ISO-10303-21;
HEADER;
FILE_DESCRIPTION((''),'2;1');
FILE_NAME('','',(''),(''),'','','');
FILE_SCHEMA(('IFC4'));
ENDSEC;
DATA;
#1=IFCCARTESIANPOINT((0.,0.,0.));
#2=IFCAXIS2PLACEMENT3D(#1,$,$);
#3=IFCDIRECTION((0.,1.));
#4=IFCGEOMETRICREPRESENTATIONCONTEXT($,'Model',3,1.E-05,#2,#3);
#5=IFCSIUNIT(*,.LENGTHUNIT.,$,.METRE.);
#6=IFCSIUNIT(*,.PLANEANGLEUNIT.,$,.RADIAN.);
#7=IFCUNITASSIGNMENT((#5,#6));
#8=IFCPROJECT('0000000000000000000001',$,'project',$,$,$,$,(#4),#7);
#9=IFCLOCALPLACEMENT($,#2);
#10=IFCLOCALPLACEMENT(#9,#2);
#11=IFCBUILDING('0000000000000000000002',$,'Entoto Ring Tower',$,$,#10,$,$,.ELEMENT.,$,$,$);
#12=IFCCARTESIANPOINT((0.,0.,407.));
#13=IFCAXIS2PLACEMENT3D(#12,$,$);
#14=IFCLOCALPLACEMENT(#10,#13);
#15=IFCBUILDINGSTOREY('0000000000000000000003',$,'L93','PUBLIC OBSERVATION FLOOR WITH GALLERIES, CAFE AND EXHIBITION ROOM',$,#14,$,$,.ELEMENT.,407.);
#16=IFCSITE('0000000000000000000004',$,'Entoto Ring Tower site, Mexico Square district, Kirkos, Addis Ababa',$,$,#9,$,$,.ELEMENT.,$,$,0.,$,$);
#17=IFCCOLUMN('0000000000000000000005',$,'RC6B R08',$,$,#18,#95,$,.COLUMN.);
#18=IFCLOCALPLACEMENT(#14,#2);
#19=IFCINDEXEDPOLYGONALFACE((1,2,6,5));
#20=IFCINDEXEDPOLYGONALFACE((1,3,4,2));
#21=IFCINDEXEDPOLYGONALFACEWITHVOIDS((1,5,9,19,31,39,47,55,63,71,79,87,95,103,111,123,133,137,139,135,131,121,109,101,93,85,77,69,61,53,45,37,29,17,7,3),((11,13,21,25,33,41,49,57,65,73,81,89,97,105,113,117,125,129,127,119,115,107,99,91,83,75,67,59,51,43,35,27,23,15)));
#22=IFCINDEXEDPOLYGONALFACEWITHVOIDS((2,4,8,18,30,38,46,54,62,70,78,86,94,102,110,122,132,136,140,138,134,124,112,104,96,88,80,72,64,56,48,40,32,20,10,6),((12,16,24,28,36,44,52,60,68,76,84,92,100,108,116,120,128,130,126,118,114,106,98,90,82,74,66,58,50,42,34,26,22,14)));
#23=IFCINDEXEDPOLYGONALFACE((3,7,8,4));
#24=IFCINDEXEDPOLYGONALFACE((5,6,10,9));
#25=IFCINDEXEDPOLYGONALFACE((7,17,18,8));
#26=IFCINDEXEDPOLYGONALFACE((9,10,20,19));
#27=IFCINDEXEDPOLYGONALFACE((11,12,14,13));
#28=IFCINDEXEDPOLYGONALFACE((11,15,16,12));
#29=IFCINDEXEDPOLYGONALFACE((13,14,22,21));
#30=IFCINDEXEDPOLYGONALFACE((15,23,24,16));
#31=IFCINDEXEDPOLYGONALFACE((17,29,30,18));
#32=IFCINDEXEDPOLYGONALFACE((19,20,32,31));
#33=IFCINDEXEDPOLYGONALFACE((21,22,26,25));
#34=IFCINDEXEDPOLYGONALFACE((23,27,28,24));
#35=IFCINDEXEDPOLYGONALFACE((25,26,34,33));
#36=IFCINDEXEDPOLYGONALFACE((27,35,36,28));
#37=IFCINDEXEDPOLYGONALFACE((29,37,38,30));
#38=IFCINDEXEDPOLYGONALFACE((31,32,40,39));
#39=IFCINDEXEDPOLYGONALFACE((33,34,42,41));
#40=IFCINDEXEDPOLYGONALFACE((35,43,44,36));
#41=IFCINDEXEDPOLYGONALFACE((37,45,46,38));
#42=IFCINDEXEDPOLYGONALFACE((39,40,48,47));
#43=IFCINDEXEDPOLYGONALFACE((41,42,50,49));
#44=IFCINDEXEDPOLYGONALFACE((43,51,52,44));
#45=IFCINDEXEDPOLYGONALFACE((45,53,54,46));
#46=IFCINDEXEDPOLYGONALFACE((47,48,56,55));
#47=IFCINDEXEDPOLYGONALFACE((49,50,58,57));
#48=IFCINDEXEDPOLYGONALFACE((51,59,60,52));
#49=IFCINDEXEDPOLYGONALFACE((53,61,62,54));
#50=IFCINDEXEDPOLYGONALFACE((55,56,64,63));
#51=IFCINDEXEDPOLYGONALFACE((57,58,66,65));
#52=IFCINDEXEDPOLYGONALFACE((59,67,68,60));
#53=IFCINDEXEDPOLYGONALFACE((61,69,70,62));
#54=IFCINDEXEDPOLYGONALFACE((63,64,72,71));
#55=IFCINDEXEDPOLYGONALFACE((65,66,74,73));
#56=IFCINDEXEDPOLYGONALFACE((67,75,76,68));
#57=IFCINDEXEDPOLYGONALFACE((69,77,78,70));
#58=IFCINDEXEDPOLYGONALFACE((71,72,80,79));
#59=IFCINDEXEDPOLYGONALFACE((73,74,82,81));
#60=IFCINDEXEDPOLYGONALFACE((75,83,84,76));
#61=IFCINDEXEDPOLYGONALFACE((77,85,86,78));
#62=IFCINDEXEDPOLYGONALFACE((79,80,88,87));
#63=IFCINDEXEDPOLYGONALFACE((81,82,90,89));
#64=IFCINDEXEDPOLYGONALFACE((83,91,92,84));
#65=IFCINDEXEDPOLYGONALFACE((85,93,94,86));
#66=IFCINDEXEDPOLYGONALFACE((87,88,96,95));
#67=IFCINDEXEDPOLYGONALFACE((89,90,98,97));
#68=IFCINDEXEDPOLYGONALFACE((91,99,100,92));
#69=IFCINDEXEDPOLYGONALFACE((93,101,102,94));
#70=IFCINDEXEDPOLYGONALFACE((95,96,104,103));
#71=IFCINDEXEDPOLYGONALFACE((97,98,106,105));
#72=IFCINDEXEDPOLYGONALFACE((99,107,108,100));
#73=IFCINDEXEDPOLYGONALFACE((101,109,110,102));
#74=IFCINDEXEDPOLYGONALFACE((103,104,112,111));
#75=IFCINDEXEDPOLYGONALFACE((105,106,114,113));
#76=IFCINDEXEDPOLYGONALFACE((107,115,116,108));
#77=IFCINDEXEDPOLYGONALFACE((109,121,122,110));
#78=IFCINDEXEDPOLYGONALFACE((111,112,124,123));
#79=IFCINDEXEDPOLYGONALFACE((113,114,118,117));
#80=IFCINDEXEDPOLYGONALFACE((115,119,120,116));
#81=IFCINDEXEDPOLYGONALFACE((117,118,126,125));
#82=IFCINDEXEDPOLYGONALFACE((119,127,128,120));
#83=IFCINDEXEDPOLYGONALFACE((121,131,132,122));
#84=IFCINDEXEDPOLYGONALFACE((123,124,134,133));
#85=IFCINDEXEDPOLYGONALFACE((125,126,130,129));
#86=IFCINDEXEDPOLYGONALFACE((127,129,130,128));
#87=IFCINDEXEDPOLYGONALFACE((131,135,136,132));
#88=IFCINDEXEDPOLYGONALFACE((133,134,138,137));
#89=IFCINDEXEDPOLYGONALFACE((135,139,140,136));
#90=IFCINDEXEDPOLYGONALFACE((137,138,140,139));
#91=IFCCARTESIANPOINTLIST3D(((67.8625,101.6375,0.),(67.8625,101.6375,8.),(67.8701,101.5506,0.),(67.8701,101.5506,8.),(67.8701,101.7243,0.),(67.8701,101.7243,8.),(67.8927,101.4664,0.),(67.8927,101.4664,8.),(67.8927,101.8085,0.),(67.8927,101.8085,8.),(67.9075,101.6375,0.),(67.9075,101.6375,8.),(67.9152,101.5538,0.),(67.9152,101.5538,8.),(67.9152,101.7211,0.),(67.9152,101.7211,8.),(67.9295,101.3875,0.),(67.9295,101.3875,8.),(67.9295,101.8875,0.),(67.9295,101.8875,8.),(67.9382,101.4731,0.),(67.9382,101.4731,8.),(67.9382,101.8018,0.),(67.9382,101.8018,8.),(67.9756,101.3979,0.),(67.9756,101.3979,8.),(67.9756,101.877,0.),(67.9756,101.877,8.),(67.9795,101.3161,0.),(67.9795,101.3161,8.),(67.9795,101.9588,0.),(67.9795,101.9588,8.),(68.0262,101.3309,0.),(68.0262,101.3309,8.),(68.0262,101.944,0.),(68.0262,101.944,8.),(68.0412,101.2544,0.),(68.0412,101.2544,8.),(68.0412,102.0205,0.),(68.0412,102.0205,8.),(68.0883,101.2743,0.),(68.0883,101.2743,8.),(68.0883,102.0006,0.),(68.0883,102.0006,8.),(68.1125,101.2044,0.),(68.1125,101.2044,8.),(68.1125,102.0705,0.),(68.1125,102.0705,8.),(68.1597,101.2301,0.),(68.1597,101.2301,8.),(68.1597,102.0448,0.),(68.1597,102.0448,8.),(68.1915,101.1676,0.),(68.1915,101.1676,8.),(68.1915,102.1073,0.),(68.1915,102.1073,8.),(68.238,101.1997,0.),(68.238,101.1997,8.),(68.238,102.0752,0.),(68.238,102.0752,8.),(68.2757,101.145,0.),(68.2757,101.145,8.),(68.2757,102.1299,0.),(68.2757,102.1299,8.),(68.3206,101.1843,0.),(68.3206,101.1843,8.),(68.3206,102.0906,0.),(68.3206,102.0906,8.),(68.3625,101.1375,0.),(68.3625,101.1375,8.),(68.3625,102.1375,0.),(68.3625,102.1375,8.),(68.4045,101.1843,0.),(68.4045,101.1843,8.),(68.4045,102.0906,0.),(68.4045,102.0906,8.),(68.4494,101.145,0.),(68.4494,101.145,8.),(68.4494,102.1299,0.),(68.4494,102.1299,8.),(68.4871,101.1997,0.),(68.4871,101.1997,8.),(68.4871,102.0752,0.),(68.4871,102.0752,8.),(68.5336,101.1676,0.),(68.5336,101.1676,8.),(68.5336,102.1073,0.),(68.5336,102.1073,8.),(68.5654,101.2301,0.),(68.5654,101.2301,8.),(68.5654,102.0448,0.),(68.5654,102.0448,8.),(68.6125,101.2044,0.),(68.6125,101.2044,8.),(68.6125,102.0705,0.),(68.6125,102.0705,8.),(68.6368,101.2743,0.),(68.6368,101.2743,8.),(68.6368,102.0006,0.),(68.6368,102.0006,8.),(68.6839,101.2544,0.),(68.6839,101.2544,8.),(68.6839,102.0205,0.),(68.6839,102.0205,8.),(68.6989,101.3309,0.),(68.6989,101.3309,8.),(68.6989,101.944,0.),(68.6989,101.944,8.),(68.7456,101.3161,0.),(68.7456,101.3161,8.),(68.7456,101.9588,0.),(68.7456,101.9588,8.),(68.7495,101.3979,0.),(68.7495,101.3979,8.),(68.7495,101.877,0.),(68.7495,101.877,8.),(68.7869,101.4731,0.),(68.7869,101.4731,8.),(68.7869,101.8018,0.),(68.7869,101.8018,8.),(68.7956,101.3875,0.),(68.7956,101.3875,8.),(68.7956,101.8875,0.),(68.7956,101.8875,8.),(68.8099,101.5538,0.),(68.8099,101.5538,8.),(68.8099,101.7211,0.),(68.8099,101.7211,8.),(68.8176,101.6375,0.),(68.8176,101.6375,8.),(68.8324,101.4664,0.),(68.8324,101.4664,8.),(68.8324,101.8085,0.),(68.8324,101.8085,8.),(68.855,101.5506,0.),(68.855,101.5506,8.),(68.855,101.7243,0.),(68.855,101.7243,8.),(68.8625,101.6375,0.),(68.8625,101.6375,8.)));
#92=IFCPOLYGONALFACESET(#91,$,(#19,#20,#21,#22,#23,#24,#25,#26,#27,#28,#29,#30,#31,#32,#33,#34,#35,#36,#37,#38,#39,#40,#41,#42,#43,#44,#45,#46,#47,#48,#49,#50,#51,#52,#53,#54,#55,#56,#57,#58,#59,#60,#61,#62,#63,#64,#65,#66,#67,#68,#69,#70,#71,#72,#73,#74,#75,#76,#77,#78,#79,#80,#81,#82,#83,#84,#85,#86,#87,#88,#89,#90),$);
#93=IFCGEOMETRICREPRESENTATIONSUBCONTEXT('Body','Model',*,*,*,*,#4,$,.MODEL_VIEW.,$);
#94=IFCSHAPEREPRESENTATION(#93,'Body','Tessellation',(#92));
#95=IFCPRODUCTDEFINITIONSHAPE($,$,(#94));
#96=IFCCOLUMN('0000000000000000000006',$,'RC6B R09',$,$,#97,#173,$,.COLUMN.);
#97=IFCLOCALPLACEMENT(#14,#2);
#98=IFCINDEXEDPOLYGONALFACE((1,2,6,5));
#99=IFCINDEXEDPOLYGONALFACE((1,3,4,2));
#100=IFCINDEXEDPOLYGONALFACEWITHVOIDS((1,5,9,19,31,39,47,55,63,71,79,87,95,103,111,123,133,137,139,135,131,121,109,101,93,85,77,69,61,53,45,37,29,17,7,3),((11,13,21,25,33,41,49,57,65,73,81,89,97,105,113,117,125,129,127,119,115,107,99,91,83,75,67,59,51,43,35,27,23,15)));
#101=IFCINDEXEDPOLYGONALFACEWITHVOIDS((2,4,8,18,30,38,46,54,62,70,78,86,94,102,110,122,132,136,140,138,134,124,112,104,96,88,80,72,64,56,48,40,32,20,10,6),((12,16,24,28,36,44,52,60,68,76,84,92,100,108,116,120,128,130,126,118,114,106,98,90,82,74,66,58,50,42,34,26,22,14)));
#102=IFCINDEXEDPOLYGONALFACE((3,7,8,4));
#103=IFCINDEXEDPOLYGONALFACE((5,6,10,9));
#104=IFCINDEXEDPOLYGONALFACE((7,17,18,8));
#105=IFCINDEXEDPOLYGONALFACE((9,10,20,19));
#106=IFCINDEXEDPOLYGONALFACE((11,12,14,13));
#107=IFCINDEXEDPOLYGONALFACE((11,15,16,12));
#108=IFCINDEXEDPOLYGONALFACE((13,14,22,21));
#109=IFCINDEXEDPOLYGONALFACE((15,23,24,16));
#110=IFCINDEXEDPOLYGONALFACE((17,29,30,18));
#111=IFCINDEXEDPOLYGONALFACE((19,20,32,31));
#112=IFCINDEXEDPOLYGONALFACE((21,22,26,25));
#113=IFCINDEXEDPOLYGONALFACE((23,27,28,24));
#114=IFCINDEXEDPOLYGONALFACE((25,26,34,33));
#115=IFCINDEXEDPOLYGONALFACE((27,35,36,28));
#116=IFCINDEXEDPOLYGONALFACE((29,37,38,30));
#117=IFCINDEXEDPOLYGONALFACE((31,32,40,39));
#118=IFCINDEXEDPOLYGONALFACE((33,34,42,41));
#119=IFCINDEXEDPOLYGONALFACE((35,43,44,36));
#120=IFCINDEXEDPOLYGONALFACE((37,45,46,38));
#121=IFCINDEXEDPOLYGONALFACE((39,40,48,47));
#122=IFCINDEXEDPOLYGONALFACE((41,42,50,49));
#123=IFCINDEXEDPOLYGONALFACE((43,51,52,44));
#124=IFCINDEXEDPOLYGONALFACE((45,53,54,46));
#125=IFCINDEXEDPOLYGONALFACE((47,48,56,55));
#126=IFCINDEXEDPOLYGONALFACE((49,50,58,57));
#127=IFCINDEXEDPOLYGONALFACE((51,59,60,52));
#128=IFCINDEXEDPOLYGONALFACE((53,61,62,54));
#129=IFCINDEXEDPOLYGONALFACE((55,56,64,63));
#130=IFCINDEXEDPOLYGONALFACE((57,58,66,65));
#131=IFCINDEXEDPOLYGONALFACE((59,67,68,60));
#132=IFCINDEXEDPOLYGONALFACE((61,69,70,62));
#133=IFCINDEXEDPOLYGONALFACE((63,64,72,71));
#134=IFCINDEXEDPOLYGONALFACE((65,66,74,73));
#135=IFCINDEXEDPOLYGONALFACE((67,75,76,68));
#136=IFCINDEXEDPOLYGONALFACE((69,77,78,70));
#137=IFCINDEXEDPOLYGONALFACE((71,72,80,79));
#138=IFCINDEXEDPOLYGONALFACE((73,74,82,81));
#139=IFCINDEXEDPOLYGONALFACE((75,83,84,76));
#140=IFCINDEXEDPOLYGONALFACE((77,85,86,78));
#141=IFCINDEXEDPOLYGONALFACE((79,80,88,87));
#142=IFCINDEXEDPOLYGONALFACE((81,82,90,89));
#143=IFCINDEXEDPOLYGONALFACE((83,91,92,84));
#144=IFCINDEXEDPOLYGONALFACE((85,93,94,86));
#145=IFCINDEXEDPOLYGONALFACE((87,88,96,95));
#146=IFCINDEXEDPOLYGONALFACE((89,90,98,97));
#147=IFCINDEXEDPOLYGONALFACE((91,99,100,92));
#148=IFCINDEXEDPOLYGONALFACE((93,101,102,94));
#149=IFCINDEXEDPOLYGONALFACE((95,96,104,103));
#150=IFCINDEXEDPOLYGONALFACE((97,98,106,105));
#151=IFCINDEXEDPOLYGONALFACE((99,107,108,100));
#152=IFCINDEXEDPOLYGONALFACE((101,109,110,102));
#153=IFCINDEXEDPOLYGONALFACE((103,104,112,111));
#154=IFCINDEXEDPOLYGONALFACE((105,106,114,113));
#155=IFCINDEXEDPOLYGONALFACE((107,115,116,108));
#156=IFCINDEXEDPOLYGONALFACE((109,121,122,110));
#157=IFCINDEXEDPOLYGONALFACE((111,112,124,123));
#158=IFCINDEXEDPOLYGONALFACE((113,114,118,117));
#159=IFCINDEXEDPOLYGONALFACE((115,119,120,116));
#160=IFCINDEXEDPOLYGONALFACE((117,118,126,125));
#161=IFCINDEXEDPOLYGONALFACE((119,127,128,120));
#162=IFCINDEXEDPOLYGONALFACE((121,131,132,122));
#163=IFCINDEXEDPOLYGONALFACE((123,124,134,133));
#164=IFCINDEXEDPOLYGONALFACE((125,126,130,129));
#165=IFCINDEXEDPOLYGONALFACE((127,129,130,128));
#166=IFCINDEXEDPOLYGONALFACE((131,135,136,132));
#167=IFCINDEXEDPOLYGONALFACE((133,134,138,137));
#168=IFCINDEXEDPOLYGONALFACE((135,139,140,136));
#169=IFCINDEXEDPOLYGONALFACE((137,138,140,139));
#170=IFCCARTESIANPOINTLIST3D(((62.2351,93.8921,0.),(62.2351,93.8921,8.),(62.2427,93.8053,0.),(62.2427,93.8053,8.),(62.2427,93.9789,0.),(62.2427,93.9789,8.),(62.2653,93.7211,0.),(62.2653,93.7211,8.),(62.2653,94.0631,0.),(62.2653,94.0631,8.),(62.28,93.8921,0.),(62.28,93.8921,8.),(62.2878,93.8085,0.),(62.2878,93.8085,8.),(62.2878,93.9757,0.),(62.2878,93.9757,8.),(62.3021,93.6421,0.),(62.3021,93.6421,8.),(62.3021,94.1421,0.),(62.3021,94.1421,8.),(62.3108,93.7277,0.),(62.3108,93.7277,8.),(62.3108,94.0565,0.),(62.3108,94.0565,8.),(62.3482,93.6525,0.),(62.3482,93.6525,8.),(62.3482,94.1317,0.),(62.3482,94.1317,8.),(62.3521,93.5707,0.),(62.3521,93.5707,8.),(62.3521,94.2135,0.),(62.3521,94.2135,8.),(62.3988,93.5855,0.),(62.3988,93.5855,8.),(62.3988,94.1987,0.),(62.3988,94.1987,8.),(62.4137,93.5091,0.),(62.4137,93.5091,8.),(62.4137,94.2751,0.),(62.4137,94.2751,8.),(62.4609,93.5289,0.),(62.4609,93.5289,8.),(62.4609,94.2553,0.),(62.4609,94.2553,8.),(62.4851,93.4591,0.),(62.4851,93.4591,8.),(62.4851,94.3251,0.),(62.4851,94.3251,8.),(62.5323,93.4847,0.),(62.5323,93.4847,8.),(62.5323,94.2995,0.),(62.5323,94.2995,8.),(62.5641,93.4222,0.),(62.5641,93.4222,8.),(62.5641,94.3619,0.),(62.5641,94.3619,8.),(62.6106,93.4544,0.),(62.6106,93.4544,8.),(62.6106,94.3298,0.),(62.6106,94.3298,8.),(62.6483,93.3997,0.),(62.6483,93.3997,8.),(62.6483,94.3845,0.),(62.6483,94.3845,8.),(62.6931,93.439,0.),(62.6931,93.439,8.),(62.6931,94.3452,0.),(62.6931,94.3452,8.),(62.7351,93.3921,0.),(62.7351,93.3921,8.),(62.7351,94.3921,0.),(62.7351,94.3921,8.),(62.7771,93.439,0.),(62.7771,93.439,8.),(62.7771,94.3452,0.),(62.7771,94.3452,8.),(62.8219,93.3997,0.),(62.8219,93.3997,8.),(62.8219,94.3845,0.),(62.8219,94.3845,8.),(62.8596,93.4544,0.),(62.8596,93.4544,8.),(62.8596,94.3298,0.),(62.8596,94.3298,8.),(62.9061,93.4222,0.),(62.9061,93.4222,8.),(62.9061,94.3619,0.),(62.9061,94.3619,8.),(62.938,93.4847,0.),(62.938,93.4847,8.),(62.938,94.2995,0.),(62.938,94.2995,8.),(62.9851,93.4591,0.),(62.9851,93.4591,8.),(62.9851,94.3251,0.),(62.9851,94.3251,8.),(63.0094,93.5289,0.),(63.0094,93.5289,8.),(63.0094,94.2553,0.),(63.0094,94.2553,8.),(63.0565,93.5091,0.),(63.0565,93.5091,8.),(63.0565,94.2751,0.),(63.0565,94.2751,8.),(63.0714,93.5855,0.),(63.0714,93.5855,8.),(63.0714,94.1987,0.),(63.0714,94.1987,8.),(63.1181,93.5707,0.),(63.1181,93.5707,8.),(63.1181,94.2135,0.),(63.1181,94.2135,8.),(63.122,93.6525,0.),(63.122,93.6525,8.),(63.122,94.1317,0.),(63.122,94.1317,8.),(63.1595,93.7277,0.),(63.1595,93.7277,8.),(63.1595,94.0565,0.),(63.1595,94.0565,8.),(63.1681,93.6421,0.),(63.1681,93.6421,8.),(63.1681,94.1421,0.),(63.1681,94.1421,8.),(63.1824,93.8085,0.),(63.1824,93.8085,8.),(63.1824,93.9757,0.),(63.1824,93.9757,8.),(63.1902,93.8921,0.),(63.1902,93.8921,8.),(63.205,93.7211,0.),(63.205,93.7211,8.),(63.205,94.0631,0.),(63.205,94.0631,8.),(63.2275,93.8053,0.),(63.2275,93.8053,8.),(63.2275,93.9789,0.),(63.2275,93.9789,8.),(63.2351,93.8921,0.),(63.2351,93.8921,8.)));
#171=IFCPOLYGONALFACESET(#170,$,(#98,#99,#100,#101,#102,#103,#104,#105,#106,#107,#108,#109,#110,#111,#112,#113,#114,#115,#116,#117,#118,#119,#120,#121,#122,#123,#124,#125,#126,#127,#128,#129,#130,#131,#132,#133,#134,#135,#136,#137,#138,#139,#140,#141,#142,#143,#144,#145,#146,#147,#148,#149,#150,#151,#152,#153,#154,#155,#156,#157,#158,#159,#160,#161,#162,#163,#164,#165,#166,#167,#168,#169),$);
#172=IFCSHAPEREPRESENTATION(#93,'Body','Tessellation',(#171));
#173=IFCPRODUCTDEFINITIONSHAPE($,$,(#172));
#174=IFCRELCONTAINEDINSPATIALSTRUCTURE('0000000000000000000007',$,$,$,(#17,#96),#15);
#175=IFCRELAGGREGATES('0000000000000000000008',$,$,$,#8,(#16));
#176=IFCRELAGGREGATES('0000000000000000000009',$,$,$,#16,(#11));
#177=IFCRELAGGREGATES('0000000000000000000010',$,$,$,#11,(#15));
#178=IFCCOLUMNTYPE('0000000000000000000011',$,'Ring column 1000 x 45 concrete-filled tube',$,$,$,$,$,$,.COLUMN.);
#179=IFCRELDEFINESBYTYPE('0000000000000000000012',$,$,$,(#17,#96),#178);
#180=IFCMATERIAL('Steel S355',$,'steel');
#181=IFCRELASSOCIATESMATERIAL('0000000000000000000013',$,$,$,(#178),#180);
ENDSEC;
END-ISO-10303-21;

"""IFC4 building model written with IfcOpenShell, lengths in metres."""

from ifc_helpers import new_model, si_unit, direction, frame, origin, origin_2d, place, context, subcontext, project, spatial, circle, hollow_circle, extrude, material, material_profile, profile_set, type_object, element, save


model = new_model("IFC4")

# Units and contexts
model_context = context("Model", 3, precision=1e-05, world=origin(), true_north=direction((0.0, 1.0)))
body_context = subcontext(model_context, "Body", "Model", "MODEL_VIEW")
ifc_project = project(units=[si_unit("LENGTHUNIT", "METRE"), si_unit("PLANEANGLEUNIT", "RADIAN")], contexts=[model_context])

# Site, building, storey
site_placement = place(None, origin())
site = spatial("IfcSite", under=ifc_project, at=site_placement, Name="Entoto Ring Tower site, Mexico Square district, Kirkos, Addis Ababa", CompositionType="ELEMENT", RefElevation=0.0)
building_placement = place(site_placement, origin())
building = spatial("IfcBuilding", under=site, at=building_placement, Name="Entoto Ring Tower", CompositionType="ELEMENT")
storey_placement = place(building_placement, frame((0.0, 0.0, 407.0)))
storey = spatial("IfcBuildingStorey", under=building, at=storey_placement, Name="L93", Description="PUBLIC OBSERVATION FLOOR WITH GALLERIES, CAFE AND EXHIBITION ROOM", CompositionType="ELEMENT", Elevation=407.0)

# Columns
ifc_material_1 = material(Name="Steel S355", Category="steel")
ifc_material_profile_1 = material_profile(ifc_material_1, hollow_circle(Radius=0.5, WallThickness=0.0449, at=origin_2d()), Name="CHS 1000 x 45")
ifc_material_2 = material(Name="Concrete C60/75", Category="concrete")
ifc_material_profile_2 = material_profile(ifc_material_2, circle(Radius=0.4551, at=origin_2d()), Name="Concrete C60/75 infill")
ifc_profile_set_1 = profile_set([ifc_material_profile_1, ifc_material_profile_2], Name="Steel S355")
column_type = type_object("IfcColumnType", Name="Ring column 1000 x 45 concrete-filled tube", PredefinedType="COLUMN", material=ifc_profile_set_1)
for number, where, z_axis, x_axis, name in (
    (1, (68.3625, 101.6375, 0.0), (0.0, 0.0, 1.0), (1.0, 0.0, 0.0), "RC6B R08"),
    (2, (62.7351, 93.8921, 0.0), (0.0, 0.0, 1.0), (1.0, 0.0, 0.0), "RC6B R09"),
):
    element("IfcColumn", number, at=place(storey_placement, frame(where, z_axis=z_axis, x_axis=x_axis)), inside=storey, type_object=column_type, Name=name, PredefinedType="COLUMN", context=body_context, shape_type="SweptSolid", body=[
        extrude(hollow_circle(Radius=0.5, WallThickness=0.0449, at=origin_2d()), origin(), (0.0, 0.0, 1.0), 8.0),
    ])

save(model, "model.ifc")
